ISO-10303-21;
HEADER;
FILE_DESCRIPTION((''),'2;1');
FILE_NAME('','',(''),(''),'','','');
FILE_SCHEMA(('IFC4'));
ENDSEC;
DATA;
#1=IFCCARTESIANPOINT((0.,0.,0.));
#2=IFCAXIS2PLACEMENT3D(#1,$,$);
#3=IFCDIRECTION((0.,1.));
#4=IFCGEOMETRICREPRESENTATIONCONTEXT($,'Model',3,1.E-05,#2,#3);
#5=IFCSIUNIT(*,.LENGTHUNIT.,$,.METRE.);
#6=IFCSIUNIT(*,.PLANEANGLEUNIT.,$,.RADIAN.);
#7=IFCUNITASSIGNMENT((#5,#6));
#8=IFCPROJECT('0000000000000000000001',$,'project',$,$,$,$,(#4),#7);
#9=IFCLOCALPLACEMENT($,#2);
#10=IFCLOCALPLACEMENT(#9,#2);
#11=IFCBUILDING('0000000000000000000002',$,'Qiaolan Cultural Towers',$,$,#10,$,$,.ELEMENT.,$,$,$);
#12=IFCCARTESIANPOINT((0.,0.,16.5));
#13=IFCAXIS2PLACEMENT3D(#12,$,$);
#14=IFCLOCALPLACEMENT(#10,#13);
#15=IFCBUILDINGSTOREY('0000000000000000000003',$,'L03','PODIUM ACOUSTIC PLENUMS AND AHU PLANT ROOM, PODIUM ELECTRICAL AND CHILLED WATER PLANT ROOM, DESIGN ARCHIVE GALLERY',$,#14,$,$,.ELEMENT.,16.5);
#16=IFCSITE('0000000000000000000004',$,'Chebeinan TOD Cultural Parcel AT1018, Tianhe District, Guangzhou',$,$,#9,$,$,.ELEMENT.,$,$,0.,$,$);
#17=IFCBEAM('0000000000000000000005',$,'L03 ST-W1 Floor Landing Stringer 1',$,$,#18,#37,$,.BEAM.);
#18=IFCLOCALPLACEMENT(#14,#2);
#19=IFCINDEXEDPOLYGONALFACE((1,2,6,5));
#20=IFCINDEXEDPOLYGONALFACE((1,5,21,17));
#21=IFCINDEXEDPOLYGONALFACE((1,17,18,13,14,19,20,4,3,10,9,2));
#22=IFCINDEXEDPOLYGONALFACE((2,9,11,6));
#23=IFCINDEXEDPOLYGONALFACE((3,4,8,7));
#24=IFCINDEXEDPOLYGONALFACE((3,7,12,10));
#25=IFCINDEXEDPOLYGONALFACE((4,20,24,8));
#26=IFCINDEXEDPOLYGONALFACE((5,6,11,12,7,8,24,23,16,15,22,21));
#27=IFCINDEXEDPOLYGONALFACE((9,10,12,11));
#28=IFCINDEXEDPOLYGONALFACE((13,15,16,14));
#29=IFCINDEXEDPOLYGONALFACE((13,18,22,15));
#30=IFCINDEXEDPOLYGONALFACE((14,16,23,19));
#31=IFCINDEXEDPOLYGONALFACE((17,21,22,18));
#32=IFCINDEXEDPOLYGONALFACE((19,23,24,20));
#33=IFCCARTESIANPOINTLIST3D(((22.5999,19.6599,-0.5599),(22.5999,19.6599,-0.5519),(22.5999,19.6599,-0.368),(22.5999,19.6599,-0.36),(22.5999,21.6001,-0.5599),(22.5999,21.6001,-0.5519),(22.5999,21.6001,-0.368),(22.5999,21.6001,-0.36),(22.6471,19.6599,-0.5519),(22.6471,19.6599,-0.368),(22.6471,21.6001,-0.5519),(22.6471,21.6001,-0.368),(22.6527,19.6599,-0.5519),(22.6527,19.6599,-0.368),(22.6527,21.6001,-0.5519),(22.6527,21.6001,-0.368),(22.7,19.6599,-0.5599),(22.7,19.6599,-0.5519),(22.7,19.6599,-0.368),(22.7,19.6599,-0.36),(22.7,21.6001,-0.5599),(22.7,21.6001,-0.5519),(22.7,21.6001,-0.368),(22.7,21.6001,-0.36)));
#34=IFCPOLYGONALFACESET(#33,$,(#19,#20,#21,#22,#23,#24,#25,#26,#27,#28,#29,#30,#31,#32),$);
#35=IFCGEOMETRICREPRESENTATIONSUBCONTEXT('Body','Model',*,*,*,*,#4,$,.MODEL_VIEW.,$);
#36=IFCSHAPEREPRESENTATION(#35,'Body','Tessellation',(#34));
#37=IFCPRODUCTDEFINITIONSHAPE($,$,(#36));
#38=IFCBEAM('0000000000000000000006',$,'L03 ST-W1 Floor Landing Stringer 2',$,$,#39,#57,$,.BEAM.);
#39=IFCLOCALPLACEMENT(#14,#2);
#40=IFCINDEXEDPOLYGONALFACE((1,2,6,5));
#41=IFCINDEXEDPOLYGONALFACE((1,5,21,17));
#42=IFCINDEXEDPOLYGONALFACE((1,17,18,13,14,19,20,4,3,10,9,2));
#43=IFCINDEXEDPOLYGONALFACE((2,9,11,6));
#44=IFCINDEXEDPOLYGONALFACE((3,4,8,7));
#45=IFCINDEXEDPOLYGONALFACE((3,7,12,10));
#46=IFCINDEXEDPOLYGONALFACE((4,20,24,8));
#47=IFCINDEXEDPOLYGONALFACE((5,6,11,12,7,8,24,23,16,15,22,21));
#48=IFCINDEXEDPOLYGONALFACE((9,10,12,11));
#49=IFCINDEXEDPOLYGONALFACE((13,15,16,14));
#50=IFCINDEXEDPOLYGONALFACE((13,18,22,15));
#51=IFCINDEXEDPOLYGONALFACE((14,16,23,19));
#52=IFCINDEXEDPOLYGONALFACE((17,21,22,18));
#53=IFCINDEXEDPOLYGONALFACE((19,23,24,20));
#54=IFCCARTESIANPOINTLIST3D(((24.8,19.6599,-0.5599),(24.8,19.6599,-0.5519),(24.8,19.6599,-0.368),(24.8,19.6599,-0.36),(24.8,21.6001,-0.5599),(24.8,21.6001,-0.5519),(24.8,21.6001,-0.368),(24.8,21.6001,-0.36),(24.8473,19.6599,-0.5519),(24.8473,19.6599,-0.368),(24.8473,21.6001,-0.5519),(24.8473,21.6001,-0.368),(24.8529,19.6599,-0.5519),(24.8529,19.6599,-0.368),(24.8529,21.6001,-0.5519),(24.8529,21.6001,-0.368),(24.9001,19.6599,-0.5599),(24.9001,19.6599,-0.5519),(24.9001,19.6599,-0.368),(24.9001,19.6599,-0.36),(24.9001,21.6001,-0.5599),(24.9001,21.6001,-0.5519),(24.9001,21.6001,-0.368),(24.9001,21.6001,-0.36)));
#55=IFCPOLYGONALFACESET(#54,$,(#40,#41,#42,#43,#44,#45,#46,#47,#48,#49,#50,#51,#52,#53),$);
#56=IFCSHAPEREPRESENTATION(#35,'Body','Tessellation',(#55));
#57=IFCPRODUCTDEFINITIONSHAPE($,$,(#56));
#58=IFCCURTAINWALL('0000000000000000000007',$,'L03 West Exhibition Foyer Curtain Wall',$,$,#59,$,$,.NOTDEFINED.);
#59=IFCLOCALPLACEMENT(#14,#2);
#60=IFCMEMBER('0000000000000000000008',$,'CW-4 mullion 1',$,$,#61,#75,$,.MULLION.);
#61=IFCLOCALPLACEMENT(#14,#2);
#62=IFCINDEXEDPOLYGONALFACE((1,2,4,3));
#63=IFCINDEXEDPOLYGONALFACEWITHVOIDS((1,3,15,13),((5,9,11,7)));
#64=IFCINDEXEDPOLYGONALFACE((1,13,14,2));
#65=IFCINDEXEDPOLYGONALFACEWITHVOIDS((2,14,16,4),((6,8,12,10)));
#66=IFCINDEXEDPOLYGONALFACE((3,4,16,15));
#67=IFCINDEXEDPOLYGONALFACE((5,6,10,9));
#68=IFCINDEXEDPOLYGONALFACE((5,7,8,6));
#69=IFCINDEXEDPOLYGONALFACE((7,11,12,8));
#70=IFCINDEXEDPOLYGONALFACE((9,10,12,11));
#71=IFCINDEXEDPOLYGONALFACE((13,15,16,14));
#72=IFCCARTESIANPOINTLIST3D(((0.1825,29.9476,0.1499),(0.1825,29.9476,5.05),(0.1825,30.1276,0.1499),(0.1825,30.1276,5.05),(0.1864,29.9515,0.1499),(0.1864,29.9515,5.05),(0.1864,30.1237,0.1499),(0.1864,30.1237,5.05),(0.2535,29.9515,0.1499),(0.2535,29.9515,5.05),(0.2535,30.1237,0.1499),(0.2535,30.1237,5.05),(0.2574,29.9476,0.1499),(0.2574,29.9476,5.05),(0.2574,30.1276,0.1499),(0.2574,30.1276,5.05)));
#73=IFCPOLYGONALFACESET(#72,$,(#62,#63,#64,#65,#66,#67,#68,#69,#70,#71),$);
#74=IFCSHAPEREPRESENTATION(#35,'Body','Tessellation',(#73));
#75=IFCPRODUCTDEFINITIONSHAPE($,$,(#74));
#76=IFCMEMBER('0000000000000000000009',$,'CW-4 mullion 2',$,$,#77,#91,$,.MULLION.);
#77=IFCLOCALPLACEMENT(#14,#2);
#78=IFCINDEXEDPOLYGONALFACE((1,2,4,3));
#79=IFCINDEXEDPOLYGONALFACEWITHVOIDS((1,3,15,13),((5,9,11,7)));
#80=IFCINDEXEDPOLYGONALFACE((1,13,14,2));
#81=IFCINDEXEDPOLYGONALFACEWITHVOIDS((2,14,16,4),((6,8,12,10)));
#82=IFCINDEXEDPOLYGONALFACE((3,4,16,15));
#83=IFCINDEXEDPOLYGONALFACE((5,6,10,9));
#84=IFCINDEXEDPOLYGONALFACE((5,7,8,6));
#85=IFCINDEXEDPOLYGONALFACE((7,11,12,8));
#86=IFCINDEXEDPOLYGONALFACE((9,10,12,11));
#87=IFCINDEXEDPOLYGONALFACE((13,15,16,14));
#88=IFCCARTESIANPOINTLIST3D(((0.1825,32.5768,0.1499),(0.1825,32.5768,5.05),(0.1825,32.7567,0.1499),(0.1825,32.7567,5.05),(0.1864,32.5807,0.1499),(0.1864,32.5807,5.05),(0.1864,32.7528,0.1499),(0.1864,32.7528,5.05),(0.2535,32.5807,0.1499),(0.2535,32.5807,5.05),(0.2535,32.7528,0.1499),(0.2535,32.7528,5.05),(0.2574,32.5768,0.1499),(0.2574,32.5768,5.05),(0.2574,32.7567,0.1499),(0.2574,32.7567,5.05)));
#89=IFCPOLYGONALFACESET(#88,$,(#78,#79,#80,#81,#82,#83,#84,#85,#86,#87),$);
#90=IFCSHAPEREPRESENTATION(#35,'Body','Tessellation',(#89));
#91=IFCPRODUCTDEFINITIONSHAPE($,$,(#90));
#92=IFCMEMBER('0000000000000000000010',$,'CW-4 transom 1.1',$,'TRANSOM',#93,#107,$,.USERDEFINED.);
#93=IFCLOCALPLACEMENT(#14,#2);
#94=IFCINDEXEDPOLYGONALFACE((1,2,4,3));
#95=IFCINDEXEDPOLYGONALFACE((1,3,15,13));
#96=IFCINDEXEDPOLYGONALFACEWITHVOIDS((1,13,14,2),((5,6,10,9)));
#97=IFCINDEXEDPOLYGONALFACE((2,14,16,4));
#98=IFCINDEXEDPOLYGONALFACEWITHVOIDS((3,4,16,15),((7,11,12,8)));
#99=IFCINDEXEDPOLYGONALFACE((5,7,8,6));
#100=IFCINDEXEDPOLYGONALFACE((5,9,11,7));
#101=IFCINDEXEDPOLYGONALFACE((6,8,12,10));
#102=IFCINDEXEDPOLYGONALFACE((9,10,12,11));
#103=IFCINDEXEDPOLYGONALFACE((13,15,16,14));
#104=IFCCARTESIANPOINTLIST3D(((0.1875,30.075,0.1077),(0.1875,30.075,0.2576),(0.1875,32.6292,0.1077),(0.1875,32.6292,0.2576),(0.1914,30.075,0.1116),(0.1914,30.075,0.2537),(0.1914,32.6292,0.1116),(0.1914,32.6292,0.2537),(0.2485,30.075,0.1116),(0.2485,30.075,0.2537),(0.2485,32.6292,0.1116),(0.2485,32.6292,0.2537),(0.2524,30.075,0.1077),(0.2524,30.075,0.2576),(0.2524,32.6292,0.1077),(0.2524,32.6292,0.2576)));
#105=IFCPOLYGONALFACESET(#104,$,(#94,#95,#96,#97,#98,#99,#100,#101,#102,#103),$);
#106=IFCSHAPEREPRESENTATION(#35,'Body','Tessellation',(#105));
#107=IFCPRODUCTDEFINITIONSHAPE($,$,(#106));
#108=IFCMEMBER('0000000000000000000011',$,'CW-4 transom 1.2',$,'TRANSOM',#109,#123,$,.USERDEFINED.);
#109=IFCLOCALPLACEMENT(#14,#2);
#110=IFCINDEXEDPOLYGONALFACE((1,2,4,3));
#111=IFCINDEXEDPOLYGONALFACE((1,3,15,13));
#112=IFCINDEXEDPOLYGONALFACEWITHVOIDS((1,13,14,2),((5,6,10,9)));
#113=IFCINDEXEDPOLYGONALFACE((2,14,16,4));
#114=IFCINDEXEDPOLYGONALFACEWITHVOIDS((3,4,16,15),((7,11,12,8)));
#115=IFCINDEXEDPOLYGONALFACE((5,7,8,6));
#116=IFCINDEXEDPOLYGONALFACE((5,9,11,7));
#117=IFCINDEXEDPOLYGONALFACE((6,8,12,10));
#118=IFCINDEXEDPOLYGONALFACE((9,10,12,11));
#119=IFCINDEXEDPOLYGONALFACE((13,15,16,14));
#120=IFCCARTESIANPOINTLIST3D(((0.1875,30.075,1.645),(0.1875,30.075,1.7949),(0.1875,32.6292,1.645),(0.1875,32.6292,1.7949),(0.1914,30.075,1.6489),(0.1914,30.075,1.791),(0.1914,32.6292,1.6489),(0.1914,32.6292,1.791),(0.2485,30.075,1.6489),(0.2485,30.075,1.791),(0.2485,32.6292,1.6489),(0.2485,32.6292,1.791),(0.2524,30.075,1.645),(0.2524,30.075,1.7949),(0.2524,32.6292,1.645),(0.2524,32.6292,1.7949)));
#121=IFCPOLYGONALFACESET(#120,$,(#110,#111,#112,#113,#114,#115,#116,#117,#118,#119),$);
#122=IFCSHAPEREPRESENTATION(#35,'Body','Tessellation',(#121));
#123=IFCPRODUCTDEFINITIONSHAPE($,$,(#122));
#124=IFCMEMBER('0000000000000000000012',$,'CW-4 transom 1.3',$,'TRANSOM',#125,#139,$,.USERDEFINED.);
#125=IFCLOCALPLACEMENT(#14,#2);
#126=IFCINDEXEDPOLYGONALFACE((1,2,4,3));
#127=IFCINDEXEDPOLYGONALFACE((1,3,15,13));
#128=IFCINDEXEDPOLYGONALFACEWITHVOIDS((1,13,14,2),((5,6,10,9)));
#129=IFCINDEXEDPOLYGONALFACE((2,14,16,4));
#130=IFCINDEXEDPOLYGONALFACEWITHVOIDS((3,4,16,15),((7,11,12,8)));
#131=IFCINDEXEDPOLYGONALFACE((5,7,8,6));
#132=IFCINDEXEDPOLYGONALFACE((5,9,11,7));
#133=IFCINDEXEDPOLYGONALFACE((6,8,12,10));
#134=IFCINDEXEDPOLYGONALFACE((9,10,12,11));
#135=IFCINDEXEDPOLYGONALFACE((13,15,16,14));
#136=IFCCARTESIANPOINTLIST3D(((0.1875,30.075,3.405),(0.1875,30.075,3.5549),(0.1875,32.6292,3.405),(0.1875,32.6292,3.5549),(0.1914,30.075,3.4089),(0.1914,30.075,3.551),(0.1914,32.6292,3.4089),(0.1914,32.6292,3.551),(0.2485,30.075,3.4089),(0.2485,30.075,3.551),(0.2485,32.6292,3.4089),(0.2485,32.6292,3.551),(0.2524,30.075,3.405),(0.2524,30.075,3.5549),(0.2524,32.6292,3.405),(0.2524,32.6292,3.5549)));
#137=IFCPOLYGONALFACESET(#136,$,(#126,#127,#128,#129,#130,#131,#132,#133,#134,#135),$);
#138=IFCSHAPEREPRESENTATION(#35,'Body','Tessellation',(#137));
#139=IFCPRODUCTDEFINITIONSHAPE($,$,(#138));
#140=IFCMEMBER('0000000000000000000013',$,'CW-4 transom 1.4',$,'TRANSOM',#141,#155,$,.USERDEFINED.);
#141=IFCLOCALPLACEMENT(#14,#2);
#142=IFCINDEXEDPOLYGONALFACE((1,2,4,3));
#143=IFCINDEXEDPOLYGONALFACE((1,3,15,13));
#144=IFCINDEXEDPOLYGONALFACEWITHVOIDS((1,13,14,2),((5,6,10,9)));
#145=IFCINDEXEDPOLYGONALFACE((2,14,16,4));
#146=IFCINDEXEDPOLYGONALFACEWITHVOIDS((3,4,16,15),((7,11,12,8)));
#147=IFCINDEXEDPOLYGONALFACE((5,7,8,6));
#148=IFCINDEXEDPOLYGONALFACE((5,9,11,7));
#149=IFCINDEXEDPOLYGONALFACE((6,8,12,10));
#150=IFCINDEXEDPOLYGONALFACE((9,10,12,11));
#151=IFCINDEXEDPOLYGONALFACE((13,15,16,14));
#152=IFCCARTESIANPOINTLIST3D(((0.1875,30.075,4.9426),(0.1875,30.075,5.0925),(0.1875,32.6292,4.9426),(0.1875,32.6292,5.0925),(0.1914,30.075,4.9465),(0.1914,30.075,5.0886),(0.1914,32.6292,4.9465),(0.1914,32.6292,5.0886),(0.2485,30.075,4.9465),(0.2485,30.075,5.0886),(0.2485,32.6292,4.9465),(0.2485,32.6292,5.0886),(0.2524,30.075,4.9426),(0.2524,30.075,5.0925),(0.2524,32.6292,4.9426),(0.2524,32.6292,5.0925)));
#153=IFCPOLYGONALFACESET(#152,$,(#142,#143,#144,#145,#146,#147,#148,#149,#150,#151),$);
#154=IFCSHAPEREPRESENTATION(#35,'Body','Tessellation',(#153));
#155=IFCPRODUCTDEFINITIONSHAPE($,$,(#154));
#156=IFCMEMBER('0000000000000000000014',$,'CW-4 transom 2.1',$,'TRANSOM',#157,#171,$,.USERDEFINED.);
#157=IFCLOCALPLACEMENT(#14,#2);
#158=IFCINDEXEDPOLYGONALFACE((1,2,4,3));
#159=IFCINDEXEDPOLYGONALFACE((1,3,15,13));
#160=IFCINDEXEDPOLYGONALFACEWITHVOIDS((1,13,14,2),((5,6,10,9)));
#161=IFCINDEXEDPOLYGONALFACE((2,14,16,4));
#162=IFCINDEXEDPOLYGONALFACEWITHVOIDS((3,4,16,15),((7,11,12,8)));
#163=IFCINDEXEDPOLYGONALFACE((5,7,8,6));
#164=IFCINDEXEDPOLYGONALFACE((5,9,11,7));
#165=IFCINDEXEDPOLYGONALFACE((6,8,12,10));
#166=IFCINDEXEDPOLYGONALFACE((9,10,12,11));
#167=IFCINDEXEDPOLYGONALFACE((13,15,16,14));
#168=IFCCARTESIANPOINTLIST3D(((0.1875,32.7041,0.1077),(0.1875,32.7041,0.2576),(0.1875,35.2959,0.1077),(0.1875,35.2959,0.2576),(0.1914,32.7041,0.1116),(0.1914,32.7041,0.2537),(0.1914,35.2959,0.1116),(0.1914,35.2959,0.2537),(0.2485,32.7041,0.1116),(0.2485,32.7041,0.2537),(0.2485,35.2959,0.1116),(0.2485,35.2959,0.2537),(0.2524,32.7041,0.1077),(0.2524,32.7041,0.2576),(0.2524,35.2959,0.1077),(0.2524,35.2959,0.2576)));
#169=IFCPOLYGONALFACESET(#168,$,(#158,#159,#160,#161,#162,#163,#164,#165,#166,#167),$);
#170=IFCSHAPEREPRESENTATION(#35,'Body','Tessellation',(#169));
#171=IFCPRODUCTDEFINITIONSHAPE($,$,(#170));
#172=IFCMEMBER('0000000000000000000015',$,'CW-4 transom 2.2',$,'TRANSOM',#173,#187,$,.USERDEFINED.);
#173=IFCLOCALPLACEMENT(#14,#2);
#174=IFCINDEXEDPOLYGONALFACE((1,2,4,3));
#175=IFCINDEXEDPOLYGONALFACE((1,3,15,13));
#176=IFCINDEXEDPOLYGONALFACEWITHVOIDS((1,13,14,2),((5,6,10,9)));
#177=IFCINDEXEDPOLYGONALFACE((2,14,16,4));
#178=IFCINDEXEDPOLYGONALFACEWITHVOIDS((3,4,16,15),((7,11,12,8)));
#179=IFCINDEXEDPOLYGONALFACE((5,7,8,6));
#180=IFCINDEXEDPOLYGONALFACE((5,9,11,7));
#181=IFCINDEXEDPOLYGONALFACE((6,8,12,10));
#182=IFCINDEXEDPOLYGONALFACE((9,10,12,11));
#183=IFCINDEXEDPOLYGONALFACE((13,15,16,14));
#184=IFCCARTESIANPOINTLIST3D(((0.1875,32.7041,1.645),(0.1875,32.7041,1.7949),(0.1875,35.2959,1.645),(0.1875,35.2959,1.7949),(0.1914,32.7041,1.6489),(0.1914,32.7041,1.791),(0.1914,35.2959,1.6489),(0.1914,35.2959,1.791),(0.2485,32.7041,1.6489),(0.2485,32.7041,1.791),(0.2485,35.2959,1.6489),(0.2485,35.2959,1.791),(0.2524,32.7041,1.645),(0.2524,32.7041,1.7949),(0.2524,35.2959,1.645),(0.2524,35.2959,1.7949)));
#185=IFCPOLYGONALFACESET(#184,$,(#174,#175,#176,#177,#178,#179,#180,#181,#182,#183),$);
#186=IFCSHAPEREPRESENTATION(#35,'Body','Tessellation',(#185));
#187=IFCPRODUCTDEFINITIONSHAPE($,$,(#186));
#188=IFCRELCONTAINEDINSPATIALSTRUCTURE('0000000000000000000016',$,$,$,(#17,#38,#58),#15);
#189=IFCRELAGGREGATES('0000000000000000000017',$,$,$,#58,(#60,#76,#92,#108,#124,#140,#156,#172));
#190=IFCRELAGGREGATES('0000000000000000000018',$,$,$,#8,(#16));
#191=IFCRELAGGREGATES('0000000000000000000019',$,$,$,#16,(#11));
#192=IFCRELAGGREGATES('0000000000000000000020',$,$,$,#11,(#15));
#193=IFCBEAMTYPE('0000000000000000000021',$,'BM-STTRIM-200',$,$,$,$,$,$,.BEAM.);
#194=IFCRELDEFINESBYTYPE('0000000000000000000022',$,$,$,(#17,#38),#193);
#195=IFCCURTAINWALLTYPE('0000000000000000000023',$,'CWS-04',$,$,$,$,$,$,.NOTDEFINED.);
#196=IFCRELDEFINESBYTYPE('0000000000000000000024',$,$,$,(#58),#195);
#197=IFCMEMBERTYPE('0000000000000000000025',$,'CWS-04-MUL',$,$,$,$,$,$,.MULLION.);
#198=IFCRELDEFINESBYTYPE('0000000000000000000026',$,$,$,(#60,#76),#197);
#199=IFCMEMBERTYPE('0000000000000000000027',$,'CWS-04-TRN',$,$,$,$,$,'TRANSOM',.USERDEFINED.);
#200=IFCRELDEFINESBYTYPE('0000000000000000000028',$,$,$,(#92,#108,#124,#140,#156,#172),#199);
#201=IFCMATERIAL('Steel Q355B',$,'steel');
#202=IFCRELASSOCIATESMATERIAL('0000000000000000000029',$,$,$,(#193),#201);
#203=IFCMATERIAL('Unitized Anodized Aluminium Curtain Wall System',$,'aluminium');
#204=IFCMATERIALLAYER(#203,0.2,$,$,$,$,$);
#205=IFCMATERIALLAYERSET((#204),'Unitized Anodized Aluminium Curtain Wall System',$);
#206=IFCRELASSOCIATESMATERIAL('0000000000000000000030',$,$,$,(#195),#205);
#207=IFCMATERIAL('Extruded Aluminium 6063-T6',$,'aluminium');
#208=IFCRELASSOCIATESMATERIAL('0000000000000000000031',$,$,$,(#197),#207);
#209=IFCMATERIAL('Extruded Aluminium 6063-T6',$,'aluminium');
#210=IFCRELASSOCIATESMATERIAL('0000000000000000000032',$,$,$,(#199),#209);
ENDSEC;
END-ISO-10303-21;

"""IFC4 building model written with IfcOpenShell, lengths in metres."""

from ifc_helpers import new_model, si_unit, direction, frame, origin, origin_2d, place, context, subcontext, project, spatial, hollow_rectangle, i_section, extrude, material, layer, layer_set, material_profile, profile_set, type_object, element, aggregate, save


model = new_model("IFC4")

# Units and contexts
model_context = context("Model", 3, precision=1e-05, world=origin(), true_north=direction((0.0, 1.0)))
body_context = subcontext(model_context, "Body", "Model", "MODEL_VIEW")
ifc_project = project(units=[si_unit("LENGTHUNIT", "METRE"), si_unit("PLANEANGLEUNIT", "RADIAN")], contexts=[model_context])

# Site, building, storey
site_placement = place(None, origin())
site = spatial("IfcSite", under=ifc_project, at=site_placement, Name="Chebeinan TOD Cultural Parcel AT1018, Tianhe District, Guangzhou", CompositionType="ELEMENT", RefElevation=0.0)
building_placement = place(site_placement, origin())
building = spatial("IfcBuilding", under=site, at=building_placement, Name="Qiaolan Cultural Towers", CompositionType="ELEMENT")
storey_placement = place(building_placement, frame((0.0, 0.0, 16.5)))
storey = spatial("IfcBuildingStorey", under=building, at=storey_placement, Name="L03", Description="PODIUM ACOUSTIC PLENUMS AND AHU PLANT ROOM, PODIUM ELECTRICAL AND CHILLED WATER PLANT ROOM, DESIGN ARCHIVE GALLERY", CompositionType="ELEMENT", Elevation=16.5)

# Beams
ifc_material_1 = material(Name="Steel Q355B", Category="steel")
ifc_material_profile_1 = material_profile(ifc_material_1, i_section(OverallWidth=0.1001, OverallDepth=0.2, WebThickness=0.0056, FlangeThickness=0.0081, at=origin_2d()), Name="HN200x100x5.5x8")
ifc_profile_set_1 = profile_set([ifc_material_profile_1], Name="Steel Q355B")
beam_type_1 = type_object("IfcBeamType", Name="BM-STTRIM-200", PredefinedType="BEAM", material=ifc_profile_set_1)
for number, where, z_axis, x_axis, name in (
    (1, (22.6499, 21.6001, -0.46), (0.0, -1.0, 0.0), (1.0, 0.0, 0.0), "L03 ST-W1 Floor Landing Stringer 1"),
    (2, (24.8501, 21.6001, -0.46), (0.0, -1.0, 0.0), (1.0, 0.0, 0.0), "L03 ST-W1 Floor Landing Stringer 2"),
):
    element("IfcBeam", number, at=place(storey_placement, frame(where, z_axis=z_axis, x_axis=x_axis)), inside=storey, type_object=beam_type_1, Name=name, PredefinedType="BEAM", context=body_context, shape_type="SweptSolid", body=[
        extrude(i_section(OverallWidth=0.1001, OverallDepth=0.2, WebThickness=0.0056, FlangeThickness=0.0081, at=origin_2d()), origin(), (0.0, 0.0, 1.0), 1.9402),
    ])

# Curtain wall, members
ifc_material_2 = material(Name="Unitized Anodized Aluminium Curtain Wall System", Category="aluminium")
ifc_layer_1 = layer(ifc_material_2, 0.2)
ifc_layer_set_1 = layer_set([ifc_layer_1], Name="Unitized Anodized Aluminium Curtain Wall System")
curtain_wall_type = type_object("IfcCurtainWallType", Name="CWS-04", PredefinedType="NOTDEFINED", material=ifc_layer_set_1)
curtain_wall_placement = place(storey_placement, origin())
curtain_wall = element("IfcCurtainWall", 3, at=curtain_wall_placement, inside=storey, type_object=curtain_wall_type, Name="L03 West Exhibition Foyer Curtain Wall", PredefinedType="NOTDEFINED")
ifc_material_3 = material(Name="Extruded Aluminium 6063-T6", Category="aluminium")
ifc_material_profile_2 = material_profile(ifc_material_3, hollow_rectangle(XDim=0.075, YDim=0.1799, WallThickness=0.0039, at=origin_2d()), Name="CWM-180x75x4")
ifc_profile_set_2 = profile_set([ifc_material_profile_2], Name="Extruded Aluminium 6063-T6")
member_type_1 = type_object("IfcMemberType", Name="CWS-04-MUL", PredefinedType="MULLION", material=ifc_profile_set_2)
member_1_placement = place(storey_placement, frame((0.22, 30.0376, 0.1499), z_axis=(0.0, 0.0, 1.0), x_axis=(-1.0, 0.0, 0.0)))
member_1 = element("IfcMember", 4, at=member_1_placement, type_object=member_type_1, Name="CW-4 mullion 1", PredefinedType="MULLION", context=body_context, shape_type="SweptSolid", body=[
    extrude(hollow_rectangle(XDim=0.075, YDim=0.1799, WallThickness=0.0039, at=origin_2d()), origin(), (0.0, 0.0, 1.0), 4.9001),
])
member_2_placement = place(storey_placement, frame((0.22, 32.6667, 0.1499), z_axis=(0.0, 0.0, 1.0), x_axis=(-1.0, 0.0, 0.0)))
member_2 = element("IfcMember", 5, at=member_2_placement, type_object=member_type_1, Name="CW-4 mullion 2", PredefinedType="MULLION", context=body_context, shape_type="SweptSolid", body=[
    extrude(hollow_rectangle(XDim=0.075, YDim=0.1799, WallThickness=0.0039, at=origin_2d()), origin(), (0.0, 0.0, 1.0), 4.9001),
])
ifc_material_4 = material(Name="Extruded Aluminium 6063-T6", Category="aluminium")
ifc_material_profile_3 = material_profile(ifc_material_4, hollow_rectangle(XDim=0.0649, YDim=0.1499, WallThickness=0.0039, at=origin_2d()), Name="CWT-150x65x4")
ifc_profile_set_3 = profile_set([ifc_material_profile_3], Name="Extruded Aluminium 6063-T6")
member_type_2 = type_object("IfcMemberType", Name="CWS-04-TRN", ElementType="TRANSOM", PredefinedType="USERDEFINED", material=ifc_profile_set_3)
member_3_placement = place(storey_placement, frame((0.22, 30.075, 0.1826), z_axis=(0.0, 1.0, 0.0), x_axis=(-1.0, 0.0, 0.0)))
member_3 = element("IfcMember", 6, at=member_3_placement, type_object=member_type_2, Name="CW-4 transom 1.1", ObjectType="TRANSOM", PredefinedType="USERDEFINED", context=body_context, shape_type="SweptSolid", body=[
    extrude(hollow_rectangle(XDim=0.0649, YDim=0.1499, WallThickness=0.0039, at=origin_2d()), origin(), (0.0, 0.0, 1.0), 2.5542),
])
member_4_placement = place(storey_placement, frame((0.22, 30.075, 1.72), z_axis=(0.0, 1.0, 0.0), x_axis=(-1.0, 0.0, 0.0)))
member_4 = element("IfcMember", 7, at=member_4_placement, type_object=member_type_2, Name="CW-4 transom 1.2", ObjectType="TRANSOM", PredefinedType="USERDEFINED", context=body_context, shape_type="SweptSolid", body=[
    extrude(hollow_rectangle(XDim=0.0649, YDim=0.1499, WallThickness=0.0039, at=origin_2d()), origin(), (0.0, 0.0, 1.0), 2.5542),
])
member_5_placement = place(storey_placement, frame((0.22, 30.075, 3.48), z_axis=(0.0, 1.0, 0.0), x_axis=(-1.0, 0.0, 0.0)))
member_5 = element("IfcMember", 8, at=member_5_placement, type_object=member_type_2, Name="CW-4 transom 1.3", ObjectType="TRANSOM", PredefinedType="USERDEFINED", context=body_context, shape_type="SweptSolid", body=[
    extrude(hollow_rectangle(XDim=0.0649, YDim=0.1499, WallThickness=0.0039, at=origin_2d()), origin(), (0.0, 0.0, 1.0), 2.5542),
])
member_6_placement = place(storey_placement, frame((0.22, 30.075, 5.0176), z_axis=(0.0, 1.0, 0.0), x_axis=(-1.0, 0.0, 0.0)))
member_6 = element("IfcMember", 9, at=member_6_placement, type_object=member_type_2, Name="CW-4 transom 1.4", ObjectType="TRANSOM", PredefinedType="USERDEFINED", context=body_context, shape_type="SweptSolid", body=[
    extrude(hollow_rectangle(XDim=0.0649, YDim=0.1499, WallThickness=0.0039, at=origin_2d()), origin(), (0.0, 0.0, 1.0), 2.5542),
])
member_7_placement = place(storey_placement, frame((0.22, 32.7041, 0.1826), z_axis=(0.0, 1.0, 0.0), x_axis=(-1.0, 0.0, 0.0)))
member_7 = element("IfcMember", 10, at=member_7_placement, type_object=member_type_2, Name="CW-4 transom 2.1", ObjectType="TRANSOM", PredefinedType="USERDEFINED", context=body_context, shape_type="SweptSolid", body=[
    extrude(hollow_rectangle(XDim=0.0649, YDim=0.1499, WallThickness=0.0039, at=origin_2d()), origin(), (0.0, 0.0, 1.0), 2.5918),
])
member_8_placement = place(storey_placement, frame((0.22, 32.7041, 1.72), z_axis=(0.0, 1.0, 0.0), x_axis=(-1.0, 0.0, 0.0)))
member_8 = element("IfcMember", 11, at=member_8_placement, type_object=member_type_2, Name="CW-4 transom 2.2", ObjectType="TRANSOM", PredefinedType="USERDEFINED", context=body_context, shape_type="SweptSolid", body=[
    extrude(hollow_rectangle(XDim=0.0649, YDim=0.1499, WallThickness=0.0039, at=origin_2d()), origin(), (0.0, 0.0, 1.0), 2.5918),
])
aggregate(curtain_wall, [member_1, member_2, member_3, member_4, member_5, member_6, member_7, member_8])

save(model, "model.ifc")
